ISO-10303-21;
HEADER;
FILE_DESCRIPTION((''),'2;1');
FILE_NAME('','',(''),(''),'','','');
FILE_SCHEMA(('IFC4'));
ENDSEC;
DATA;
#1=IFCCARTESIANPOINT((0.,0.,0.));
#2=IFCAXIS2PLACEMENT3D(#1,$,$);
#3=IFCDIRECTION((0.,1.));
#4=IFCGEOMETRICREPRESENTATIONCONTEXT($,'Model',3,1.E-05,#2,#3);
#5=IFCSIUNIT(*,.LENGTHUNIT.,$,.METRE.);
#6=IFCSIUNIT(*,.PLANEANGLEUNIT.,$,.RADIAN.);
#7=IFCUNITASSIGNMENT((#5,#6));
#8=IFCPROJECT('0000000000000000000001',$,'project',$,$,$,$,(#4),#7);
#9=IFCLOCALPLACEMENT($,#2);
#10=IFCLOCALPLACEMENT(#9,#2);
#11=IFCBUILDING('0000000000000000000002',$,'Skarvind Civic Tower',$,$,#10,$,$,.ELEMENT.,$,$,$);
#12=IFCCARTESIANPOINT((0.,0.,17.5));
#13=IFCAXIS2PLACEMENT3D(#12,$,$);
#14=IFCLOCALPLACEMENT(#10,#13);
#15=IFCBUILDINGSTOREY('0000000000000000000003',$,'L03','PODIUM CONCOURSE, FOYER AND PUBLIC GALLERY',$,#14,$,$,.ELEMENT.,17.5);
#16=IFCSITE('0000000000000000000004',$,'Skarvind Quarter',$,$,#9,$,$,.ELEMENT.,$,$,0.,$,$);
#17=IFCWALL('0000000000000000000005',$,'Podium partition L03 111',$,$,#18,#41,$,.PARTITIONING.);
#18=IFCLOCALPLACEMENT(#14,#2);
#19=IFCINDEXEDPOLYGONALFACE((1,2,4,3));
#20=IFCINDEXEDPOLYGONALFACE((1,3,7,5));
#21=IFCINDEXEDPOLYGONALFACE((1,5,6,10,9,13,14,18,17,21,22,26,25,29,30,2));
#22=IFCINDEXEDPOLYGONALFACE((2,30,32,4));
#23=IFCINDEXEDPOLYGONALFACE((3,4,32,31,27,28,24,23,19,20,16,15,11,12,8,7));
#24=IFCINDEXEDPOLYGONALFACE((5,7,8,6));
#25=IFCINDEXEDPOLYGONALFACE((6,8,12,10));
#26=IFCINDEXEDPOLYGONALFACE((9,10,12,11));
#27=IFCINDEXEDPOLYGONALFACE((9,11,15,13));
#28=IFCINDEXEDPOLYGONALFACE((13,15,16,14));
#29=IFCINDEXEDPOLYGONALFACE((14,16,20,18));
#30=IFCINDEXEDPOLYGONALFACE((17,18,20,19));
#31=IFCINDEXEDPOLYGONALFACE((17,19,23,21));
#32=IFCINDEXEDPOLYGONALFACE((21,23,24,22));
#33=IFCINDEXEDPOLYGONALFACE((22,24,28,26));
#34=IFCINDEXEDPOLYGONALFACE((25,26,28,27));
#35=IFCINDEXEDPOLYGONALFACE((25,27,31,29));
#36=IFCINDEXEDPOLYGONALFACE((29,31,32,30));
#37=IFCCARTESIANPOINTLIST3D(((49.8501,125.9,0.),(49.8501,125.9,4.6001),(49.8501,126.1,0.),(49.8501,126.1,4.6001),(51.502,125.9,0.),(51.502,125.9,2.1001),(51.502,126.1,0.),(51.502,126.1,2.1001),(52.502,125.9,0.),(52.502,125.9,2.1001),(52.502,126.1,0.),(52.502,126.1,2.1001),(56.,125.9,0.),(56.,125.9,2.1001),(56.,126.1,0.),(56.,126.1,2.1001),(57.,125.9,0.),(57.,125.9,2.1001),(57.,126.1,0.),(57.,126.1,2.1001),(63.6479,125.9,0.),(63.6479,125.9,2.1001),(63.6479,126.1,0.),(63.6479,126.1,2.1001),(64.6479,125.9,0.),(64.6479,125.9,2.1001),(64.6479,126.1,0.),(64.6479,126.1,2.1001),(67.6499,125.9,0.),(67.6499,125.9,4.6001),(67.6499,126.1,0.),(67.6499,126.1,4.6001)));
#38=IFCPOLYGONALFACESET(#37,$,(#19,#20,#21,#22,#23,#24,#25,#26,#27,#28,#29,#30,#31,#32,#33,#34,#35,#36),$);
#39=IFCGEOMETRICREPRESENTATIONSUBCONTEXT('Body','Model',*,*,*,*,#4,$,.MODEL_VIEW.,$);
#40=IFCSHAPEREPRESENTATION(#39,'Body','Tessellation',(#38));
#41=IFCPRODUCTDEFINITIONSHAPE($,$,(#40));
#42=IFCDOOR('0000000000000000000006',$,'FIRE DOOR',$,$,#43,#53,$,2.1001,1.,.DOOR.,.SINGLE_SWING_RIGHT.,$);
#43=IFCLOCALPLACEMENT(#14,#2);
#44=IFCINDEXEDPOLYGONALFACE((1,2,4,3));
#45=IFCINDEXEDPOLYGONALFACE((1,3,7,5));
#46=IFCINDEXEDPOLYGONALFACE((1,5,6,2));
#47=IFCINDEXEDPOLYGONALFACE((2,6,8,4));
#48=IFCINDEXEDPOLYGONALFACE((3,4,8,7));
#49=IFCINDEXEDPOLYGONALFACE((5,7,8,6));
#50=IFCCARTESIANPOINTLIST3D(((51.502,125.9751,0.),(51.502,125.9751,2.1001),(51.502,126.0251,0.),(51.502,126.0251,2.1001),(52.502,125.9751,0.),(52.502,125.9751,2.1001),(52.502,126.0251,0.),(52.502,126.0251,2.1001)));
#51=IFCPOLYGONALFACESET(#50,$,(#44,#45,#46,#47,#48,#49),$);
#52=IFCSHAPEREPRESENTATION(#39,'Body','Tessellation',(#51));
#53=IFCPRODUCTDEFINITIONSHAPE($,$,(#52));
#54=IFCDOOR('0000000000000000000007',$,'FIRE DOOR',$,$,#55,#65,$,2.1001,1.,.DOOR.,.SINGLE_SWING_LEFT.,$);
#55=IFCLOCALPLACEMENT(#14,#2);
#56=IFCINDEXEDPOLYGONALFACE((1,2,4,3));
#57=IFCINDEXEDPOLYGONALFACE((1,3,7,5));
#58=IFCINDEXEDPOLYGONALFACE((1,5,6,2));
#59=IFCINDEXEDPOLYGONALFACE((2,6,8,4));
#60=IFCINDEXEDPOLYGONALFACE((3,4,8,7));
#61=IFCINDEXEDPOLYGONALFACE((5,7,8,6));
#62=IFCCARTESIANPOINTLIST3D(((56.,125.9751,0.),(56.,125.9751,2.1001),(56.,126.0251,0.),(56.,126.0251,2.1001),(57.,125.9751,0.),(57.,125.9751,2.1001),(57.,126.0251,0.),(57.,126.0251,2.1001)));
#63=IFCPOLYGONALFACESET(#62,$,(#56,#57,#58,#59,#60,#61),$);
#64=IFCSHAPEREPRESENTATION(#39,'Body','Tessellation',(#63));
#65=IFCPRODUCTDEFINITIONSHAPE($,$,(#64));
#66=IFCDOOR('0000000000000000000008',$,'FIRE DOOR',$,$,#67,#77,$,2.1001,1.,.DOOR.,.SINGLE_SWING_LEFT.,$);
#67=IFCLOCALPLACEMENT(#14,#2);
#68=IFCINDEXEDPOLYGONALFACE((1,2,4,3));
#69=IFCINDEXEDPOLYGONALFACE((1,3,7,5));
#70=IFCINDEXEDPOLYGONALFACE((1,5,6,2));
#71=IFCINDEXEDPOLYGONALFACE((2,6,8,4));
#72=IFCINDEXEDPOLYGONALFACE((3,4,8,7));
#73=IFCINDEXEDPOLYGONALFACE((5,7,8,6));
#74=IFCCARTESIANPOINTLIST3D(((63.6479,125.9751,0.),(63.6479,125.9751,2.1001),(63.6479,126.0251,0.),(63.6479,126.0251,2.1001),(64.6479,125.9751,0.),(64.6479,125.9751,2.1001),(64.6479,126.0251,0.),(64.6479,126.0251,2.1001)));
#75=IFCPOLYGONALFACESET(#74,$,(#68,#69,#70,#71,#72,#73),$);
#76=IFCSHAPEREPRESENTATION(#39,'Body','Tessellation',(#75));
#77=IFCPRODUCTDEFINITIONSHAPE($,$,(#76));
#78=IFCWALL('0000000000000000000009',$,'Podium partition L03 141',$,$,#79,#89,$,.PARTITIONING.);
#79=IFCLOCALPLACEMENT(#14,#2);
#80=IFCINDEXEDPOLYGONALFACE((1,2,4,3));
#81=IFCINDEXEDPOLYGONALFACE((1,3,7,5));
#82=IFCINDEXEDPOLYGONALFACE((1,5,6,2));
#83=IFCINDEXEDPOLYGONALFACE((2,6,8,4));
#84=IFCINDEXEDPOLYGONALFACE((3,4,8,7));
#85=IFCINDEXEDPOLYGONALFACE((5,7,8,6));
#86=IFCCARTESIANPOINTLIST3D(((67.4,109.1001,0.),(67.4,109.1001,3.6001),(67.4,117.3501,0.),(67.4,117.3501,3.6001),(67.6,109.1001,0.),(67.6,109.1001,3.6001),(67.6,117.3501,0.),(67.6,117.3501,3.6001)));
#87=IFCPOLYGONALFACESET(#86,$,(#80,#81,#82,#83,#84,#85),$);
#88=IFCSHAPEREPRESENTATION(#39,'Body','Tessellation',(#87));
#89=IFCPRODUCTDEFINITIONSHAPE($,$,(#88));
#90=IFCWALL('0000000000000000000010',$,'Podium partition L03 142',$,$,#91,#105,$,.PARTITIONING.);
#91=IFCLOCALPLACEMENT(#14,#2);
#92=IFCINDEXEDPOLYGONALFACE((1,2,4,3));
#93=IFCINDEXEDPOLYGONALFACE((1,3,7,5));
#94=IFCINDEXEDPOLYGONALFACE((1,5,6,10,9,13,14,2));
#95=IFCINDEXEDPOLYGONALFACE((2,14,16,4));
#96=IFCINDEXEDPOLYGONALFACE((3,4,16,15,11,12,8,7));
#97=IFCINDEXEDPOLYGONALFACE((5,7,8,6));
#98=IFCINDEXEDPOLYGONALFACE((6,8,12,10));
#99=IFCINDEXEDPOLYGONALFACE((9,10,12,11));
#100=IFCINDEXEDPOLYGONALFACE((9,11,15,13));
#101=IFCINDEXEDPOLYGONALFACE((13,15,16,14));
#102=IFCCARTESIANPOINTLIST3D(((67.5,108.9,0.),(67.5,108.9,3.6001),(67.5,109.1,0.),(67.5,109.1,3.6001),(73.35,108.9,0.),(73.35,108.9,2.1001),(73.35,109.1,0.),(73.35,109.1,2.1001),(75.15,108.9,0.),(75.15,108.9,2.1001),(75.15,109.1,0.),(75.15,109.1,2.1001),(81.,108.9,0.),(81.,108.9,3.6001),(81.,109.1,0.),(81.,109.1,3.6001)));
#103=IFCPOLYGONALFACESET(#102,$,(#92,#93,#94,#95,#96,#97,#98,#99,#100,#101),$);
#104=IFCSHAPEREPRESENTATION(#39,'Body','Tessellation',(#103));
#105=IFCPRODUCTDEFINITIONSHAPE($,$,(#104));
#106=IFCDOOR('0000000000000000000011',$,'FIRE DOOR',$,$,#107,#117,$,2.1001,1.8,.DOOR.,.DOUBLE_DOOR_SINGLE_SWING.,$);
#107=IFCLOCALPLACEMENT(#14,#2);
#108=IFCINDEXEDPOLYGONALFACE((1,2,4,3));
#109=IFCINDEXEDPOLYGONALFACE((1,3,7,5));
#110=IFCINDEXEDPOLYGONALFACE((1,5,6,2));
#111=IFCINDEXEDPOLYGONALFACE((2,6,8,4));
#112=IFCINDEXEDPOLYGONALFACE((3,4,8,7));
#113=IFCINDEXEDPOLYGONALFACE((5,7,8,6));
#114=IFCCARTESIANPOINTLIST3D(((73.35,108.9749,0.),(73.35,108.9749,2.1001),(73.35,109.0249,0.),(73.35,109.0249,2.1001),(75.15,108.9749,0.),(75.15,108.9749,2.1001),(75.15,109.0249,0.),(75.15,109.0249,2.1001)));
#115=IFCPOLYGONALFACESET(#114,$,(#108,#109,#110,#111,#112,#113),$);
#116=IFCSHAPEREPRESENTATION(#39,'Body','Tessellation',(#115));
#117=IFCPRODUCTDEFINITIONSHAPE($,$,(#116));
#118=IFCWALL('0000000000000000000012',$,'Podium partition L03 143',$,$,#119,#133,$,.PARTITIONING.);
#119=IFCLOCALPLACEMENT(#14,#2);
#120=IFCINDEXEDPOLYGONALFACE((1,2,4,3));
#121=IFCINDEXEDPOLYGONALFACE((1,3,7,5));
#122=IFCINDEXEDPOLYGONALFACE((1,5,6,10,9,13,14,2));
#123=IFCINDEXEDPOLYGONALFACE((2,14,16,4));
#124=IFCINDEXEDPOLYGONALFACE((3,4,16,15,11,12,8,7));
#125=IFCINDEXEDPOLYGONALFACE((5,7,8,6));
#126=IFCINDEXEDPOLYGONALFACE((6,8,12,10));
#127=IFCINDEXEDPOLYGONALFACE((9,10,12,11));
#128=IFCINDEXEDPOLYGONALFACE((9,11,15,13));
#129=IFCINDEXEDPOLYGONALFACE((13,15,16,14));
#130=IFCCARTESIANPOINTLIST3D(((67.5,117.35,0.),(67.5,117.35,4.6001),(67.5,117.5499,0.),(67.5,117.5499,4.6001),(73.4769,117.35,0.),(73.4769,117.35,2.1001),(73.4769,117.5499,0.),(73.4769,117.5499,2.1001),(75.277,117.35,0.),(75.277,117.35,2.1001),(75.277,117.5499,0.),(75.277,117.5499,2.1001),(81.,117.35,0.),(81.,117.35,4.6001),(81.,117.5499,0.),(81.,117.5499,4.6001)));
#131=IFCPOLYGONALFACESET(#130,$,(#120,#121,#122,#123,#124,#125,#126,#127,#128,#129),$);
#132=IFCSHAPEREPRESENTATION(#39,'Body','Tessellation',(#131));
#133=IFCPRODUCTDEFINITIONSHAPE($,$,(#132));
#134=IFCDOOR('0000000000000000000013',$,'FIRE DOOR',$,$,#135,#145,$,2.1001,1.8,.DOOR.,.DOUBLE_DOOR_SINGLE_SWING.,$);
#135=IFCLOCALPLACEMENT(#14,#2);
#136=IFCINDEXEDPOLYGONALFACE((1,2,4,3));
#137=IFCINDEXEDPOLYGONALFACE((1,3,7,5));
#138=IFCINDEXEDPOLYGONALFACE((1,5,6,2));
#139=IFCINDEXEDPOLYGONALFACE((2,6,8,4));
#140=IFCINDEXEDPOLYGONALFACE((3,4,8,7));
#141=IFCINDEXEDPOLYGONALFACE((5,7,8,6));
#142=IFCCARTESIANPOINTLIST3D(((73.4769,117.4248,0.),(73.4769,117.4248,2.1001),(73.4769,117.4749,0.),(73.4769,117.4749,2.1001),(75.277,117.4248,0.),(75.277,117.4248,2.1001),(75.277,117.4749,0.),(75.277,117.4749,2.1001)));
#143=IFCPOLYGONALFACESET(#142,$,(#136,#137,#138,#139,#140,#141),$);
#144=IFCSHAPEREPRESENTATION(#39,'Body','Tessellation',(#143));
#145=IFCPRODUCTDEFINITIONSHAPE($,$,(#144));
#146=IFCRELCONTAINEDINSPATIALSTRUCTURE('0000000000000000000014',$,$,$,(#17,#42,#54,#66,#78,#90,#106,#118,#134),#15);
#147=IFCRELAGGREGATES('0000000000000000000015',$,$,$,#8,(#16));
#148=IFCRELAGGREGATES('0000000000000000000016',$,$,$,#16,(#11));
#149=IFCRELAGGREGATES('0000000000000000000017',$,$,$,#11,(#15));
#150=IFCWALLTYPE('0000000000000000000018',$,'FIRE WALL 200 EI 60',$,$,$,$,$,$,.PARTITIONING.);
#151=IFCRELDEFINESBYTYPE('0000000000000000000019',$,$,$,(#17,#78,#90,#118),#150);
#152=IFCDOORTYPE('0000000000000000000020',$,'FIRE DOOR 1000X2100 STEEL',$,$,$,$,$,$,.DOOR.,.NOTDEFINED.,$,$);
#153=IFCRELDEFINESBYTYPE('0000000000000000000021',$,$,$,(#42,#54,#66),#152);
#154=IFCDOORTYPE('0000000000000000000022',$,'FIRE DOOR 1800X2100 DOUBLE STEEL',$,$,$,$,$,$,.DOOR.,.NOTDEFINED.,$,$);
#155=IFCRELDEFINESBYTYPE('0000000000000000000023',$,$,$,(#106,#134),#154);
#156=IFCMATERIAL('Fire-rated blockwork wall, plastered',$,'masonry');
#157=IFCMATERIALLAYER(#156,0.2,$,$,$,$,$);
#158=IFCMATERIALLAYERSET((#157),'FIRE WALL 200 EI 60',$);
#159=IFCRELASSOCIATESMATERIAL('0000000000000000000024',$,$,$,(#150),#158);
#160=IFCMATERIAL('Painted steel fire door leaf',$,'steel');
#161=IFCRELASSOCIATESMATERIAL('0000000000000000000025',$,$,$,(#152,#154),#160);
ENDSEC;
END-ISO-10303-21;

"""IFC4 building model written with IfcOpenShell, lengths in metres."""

from ifc_helpers import new_model, si_unit, direction, frame, frame_2d, origin, place, context, subcontext, project, spatial, rectangle, extrude, material, layer, layer_set, type_object, element, fill, save


model = new_model("IFC4")

# Units and contexts
model_context = context("Model", 3, precision=1e-05, world=origin(), true_north=direction((0.0, 1.0)))
body_context = subcontext(model_context, "Body", "Model", "MODEL_VIEW")
ifc_project = project(units=[si_unit("LENGTHUNIT", "METRE"), si_unit("PLANEANGLEUNIT", "RADIAN")], contexts=[model_context])

# Site, building, storey
site_placement = place(None, origin())
site = spatial("IfcSite", under=ifc_project, at=site_placement, Name="Skarvind Quarter", CompositionType="ELEMENT", RefElevation=0.0)
building_placement = place(site_placement, origin())
building = spatial("IfcBuilding", under=site, at=building_placement, Name="Skarvind Civic Tower", CompositionType="ELEMENT")
storey_placement = place(building_placement, frame((0.0, 0.0, 17.5)))
storey = spatial("IfcBuildingStorey", under=building, at=storey_placement, Name="L03", Description="PODIUM CONCOURSE, FOYER AND PUBLIC GALLERY", CompositionType="ELEMENT", Elevation=17.5)

# Wall, openings, doors
ifc_material_1 = material(Name="Fire-rated blockwork wall, plastered", Category="masonry")
ifc_layer_1 = layer(ifc_material_1, 0.2)
ifc_layer_set_1 = layer_set([ifc_layer_1], Name="FIRE WALL 200 EI 60")
wall_type_1 = type_object("IfcWallType", Name="FIRE WALL 200 EI 60", PredefinedType="PARTITIONING", material=ifc_layer_set_1)
wall_1_placement = place(storey_placement, frame((67.6499, 126.0, 0.0), z_axis=(0.0, 0.0, 1.0), x_axis=(-1.0, 0.0, 0.0)))
wall_1 = element("IfcWall", 1, at=wall_1_placement, inside=storey, type_object=wall_type_1, Name="Podium partition L03 111", PredefinedType="PARTITIONING", context=body_context, shape_type="SweptSolid", body=[
    extrude(rectangle(XDim=17.7998, YDim=0.2, at=frame_2d((8.8999, 0.0))), origin(), (0.0, 0.0, 1.0), 4.6001),
])
opening_1_placement = place(wall_1_placement, frame((15.1479, 0.0, 0.0)))
opening_1 = element("IfcOpeningElement", 2, at=opening_1_placement, cuts=wall_1, PredefinedType="OPENING", context=body_context, shape_type="SweptSolid", body=[
    extrude(rectangle(XDim=1.0, YDim=2.1001, at=frame_2d((0.5, 1.05))), frame((0.0, 0.1099, 0.0), z_axis=(0.0, -1.0, 0.0), x_axis=(1.0, 0.0, 0.0)), (0.0, 0.0, 1.0), 0.22),
])
opening_2_placement = place(wall_1_placement, frame((10.6499, 0.0, 0.0)))
opening_2 = element("IfcOpeningElement", 3, at=opening_2_placement, cuts=wall_1, PredefinedType="OPENING", context=body_context, shape_type="SweptSolid", body=[
    extrude(rectangle(XDim=1.0, YDim=2.1001, at=frame_2d((0.5, 1.05))), frame((0.0, 0.1099, 0.0), z_axis=(0.0, -1.0, 0.0), x_axis=(1.0, 0.0, 0.0)), (0.0, 0.0, 1.0), 0.22),
])
opening_3_placement = place(wall_1_placement, frame((3.002, 0.0, 0.0)))
opening_3 = element("IfcOpeningElement", 4, at=opening_3_placement, cuts=wall_1, PredefinedType="OPENING", context=body_context, shape_type="SweptSolid", body=[
    extrude(rectangle(XDim=1.0, YDim=2.1001, at=frame_2d((0.5, 1.05))), frame((0.0, 0.1099, 0.0), z_axis=(0.0, -1.0, 0.0), x_axis=(1.0, 0.0, 0.0)), (0.0, 0.0, 1.0), 0.22),
])
ifc_material_2 = material(Name="Painted steel fire door leaf", Category="steel")
door_type_1 = type_object("IfcDoorType", Name="FIRE DOOR 1000X2100 STEEL", OperationType="NOTDEFINED", PredefinedType="DOOR", material=ifc_material_2)
door_1_placement = place(opening_1_placement, origin())
door_1 = element("IfcDoor", 5, at=door_1_placement, inside=storey, type_object=door_type_1, Name="FIRE DOOR", OperationType="SINGLE_SWING_RIGHT", OverallHeight=2.1001, OverallWidth=1.0, PredefinedType="DOOR", context=body_context, shape_type="SweptSolid", body=[
    extrude(rectangle(XDim=1.0, YDim=2.1001, at=frame_2d((0.5, 1.05))), frame((0.0, 0.0249, 0.0), z_axis=(0.0, -1.0, 0.0), x_axis=(1.0, 0.0, 0.0)), (0.0, 0.0, 1.0), 0.05),
])
fill(opening_1, door_1)
door_2_placement = place(opening_2_placement, origin())
door_2 = element("IfcDoor", 6, at=door_2_placement, inside=storey, type_object=door_type_1, Name="FIRE DOOR", OperationType="SINGLE_SWING_LEFT", OverallHeight=2.1001, OverallWidth=1.0, PredefinedType="DOOR", context=body_context, shape_type="SweptSolid", body=[
    extrude(rectangle(XDim=1.0, YDim=2.1001, at=frame_2d((0.5, 1.05))), frame((0.0, 0.0249, 0.0), z_axis=(0.0, -1.0, 0.0), x_axis=(1.0, 0.0, 0.0)), (0.0, 0.0, 1.0), 0.05),
])
fill(opening_2, door_2)
door_3_placement = place(opening_3_placement, origin())
door_3 = element("IfcDoor", 7, at=door_3_placement, inside=storey, type_object=door_type_1, Name="FIRE DOOR", OperationType="SINGLE_SWING_LEFT", OverallHeight=2.1001, OverallWidth=1.0, PredefinedType="DOOR", context=body_context, shape_type="SweptSolid", body=[
    extrude(rectangle(XDim=1.0, YDim=2.1001, at=frame_2d((0.5, 1.05))), frame((0.0, 0.0249, 0.0), z_axis=(0.0, -1.0, 0.0), x_axis=(1.0, 0.0, 0.0)), (0.0, 0.0, 1.0), 0.05),
])
fill(opening_3, door_3)

# Wall
wall_2_placement = place(storey_placement, frame((67.5, 109.1001, 0.0), z_axis=(0.0, 0.0, 1.0), x_axis=(0.0, 1.0, 0.0)))
element("IfcWall", 8, at=wall_2_placement, inside=storey, type_object=wall_type_1, Name="Podium partition L03 141", PredefinedType="PARTITIONING", context=body_context, shape_type="SweptSolid", body=[
    extrude(rectangle(XDim=8.25, YDim=0.2, at=frame_2d((4.125, 0.0))), origin(), (0.0, 0.0, 1.0), 3.6001),
])

# Walls, openings, doors
wall_3_placement = place(storey_placement, frame((67.5, 109.0, 0.0), z_axis=(0.0, 0.0, 1.0), x_axis=(1.0, 0.0, 0.0)))
wall_3 = element("IfcWall", 9, at=wall_3_placement, inside=storey, type_object=wall_type_1, Name="Podium partition L03 142", PredefinedType="PARTITIONING", context=body_context, shape_type="SweptSolid", body=[
    extrude(rectangle(XDim=13.5, YDim=0.2, at=frame_2d((6.75, 0.0))), origin(), (0.0, 0.0, 1.0), 3.6001),
])
opening_4_placement = place(wall_3_placement, frame((5.8501, 0.0, 0.0)))
opening_4 = element("IfcOpeningElement", 10, at=opening_4_placement, cuts=wall_3, PredefinedType="OPENING", context=body_context, shape_type="SweptSolid", body=[
    extrude(rectangle(XDim=1.8, YDim=2.1001, at=frame_2d((0.8999, 1.05))), frame((0.0, 0.1099, 0.0), z_axis=(0.0, -1.0, 0.0), x_axis=(1.0, 0.0, 0.0)), (0.0, 0.0, 1.0), 0.22),
])
door_type_2 = type_object("IfcDoorType", Name="FIRE DOOR 1800X2100 DOUBLE STEEL", OperationType="NOTDEFINED", PredefinedType="DOOR", material=ifc_material_2)
door_4_placement = place(opening_4_placement, origin())
door_4 = element("IfcDoor", 11, at=door_4_placement, inside=storey, type_object=door_type_2, Name="FIRE DOOR", OperationType="DOUBLE_DOOR_SINGLE_SWING", OverallHeight=2.1001, OverallWidth=1.8, PredefinedType="DOOR", context=body_context, shape_type="SweptSolid", body=[
    extrude(rectangle(XDim=1.8, YDim=2.1001, at=frame_2d((0.8999, 1.05))), frame((0.0, 0.0249, 0.0), z_axis=(0.0, -1.0, 0.0), x_axis=(1.0, 0.0, 0.0)), (0.0, 0.0, 1.0), 0.05),
])
fill(opening_4, door_4)
wall_4_placement = place(storey_placement, frame((67.5, 117.45, 0.0), z_axis=(0.0, 0.0, 1.0), x_axis=(1.0, 0.0, 0.0)))
wall_4 = element("IfcWall", 12, at=wall_4_placement, inside=storey, type_object=wall_type_1, Name="Podium partition L03 143", PredefinedType="PARTITIONING", context=body_context, shape_type="SweptSolid", body=[
    extrude(rectangle(XDim=13.5, YDim=0.2, at=frame_2d((6.75, 0.0))), origin(), (0.0, 0.0, 1.0), 4.6001),
])
opening_5_placement = place(wall_4_placement, frame((5.9771, 0.0, 0.0)))
opening_5 = element("IfcOpeningElement", 13, at=opening_5_placement, cuts=wall_4, PredefinedType="OPENING", context=body_context, shape_type="SweptSolid", body=[
    extrude(rectangle(XDim=1.8, YDim=2.1001, at=frame_2d((0.8999, 1.05))), frame((0.0, 0.1099, 0.0), z_axis=(0.0, -1.0, 0.0), x_axis=(1.0, 0.0, 0.0)), (0.0, 0.0, 1.0), 0.22),
])
door_5_placement = place(opening_5_placement, origin())
door_5 = element("IfcDoor", 14, at=door_5_placement, inside=storey, type_object=door_type_2, Name="FIRE DOOR", OperationType="DOUBLE_DOOR_SINGLE_SWING", OverallHeight=2.1001, OverallWidth=1.8, PredefinedType="DOOR", context=body_context, shape_type="SweptSolid", body=[
    extrude(rectangle(XDim=1.8, YDim=2.1001, at=frame_2d((0.8999, 1.05))), frame((0.0, 0.0249, 0.0), z_axis=(0.0, -1.0, 0.0), x_axis=(1.0, 0.0, 0.0)), (0.0, 0.0, 1.0), 0.05),
])
fill(opening_5, door_5)

save(model, "model.ifc")
